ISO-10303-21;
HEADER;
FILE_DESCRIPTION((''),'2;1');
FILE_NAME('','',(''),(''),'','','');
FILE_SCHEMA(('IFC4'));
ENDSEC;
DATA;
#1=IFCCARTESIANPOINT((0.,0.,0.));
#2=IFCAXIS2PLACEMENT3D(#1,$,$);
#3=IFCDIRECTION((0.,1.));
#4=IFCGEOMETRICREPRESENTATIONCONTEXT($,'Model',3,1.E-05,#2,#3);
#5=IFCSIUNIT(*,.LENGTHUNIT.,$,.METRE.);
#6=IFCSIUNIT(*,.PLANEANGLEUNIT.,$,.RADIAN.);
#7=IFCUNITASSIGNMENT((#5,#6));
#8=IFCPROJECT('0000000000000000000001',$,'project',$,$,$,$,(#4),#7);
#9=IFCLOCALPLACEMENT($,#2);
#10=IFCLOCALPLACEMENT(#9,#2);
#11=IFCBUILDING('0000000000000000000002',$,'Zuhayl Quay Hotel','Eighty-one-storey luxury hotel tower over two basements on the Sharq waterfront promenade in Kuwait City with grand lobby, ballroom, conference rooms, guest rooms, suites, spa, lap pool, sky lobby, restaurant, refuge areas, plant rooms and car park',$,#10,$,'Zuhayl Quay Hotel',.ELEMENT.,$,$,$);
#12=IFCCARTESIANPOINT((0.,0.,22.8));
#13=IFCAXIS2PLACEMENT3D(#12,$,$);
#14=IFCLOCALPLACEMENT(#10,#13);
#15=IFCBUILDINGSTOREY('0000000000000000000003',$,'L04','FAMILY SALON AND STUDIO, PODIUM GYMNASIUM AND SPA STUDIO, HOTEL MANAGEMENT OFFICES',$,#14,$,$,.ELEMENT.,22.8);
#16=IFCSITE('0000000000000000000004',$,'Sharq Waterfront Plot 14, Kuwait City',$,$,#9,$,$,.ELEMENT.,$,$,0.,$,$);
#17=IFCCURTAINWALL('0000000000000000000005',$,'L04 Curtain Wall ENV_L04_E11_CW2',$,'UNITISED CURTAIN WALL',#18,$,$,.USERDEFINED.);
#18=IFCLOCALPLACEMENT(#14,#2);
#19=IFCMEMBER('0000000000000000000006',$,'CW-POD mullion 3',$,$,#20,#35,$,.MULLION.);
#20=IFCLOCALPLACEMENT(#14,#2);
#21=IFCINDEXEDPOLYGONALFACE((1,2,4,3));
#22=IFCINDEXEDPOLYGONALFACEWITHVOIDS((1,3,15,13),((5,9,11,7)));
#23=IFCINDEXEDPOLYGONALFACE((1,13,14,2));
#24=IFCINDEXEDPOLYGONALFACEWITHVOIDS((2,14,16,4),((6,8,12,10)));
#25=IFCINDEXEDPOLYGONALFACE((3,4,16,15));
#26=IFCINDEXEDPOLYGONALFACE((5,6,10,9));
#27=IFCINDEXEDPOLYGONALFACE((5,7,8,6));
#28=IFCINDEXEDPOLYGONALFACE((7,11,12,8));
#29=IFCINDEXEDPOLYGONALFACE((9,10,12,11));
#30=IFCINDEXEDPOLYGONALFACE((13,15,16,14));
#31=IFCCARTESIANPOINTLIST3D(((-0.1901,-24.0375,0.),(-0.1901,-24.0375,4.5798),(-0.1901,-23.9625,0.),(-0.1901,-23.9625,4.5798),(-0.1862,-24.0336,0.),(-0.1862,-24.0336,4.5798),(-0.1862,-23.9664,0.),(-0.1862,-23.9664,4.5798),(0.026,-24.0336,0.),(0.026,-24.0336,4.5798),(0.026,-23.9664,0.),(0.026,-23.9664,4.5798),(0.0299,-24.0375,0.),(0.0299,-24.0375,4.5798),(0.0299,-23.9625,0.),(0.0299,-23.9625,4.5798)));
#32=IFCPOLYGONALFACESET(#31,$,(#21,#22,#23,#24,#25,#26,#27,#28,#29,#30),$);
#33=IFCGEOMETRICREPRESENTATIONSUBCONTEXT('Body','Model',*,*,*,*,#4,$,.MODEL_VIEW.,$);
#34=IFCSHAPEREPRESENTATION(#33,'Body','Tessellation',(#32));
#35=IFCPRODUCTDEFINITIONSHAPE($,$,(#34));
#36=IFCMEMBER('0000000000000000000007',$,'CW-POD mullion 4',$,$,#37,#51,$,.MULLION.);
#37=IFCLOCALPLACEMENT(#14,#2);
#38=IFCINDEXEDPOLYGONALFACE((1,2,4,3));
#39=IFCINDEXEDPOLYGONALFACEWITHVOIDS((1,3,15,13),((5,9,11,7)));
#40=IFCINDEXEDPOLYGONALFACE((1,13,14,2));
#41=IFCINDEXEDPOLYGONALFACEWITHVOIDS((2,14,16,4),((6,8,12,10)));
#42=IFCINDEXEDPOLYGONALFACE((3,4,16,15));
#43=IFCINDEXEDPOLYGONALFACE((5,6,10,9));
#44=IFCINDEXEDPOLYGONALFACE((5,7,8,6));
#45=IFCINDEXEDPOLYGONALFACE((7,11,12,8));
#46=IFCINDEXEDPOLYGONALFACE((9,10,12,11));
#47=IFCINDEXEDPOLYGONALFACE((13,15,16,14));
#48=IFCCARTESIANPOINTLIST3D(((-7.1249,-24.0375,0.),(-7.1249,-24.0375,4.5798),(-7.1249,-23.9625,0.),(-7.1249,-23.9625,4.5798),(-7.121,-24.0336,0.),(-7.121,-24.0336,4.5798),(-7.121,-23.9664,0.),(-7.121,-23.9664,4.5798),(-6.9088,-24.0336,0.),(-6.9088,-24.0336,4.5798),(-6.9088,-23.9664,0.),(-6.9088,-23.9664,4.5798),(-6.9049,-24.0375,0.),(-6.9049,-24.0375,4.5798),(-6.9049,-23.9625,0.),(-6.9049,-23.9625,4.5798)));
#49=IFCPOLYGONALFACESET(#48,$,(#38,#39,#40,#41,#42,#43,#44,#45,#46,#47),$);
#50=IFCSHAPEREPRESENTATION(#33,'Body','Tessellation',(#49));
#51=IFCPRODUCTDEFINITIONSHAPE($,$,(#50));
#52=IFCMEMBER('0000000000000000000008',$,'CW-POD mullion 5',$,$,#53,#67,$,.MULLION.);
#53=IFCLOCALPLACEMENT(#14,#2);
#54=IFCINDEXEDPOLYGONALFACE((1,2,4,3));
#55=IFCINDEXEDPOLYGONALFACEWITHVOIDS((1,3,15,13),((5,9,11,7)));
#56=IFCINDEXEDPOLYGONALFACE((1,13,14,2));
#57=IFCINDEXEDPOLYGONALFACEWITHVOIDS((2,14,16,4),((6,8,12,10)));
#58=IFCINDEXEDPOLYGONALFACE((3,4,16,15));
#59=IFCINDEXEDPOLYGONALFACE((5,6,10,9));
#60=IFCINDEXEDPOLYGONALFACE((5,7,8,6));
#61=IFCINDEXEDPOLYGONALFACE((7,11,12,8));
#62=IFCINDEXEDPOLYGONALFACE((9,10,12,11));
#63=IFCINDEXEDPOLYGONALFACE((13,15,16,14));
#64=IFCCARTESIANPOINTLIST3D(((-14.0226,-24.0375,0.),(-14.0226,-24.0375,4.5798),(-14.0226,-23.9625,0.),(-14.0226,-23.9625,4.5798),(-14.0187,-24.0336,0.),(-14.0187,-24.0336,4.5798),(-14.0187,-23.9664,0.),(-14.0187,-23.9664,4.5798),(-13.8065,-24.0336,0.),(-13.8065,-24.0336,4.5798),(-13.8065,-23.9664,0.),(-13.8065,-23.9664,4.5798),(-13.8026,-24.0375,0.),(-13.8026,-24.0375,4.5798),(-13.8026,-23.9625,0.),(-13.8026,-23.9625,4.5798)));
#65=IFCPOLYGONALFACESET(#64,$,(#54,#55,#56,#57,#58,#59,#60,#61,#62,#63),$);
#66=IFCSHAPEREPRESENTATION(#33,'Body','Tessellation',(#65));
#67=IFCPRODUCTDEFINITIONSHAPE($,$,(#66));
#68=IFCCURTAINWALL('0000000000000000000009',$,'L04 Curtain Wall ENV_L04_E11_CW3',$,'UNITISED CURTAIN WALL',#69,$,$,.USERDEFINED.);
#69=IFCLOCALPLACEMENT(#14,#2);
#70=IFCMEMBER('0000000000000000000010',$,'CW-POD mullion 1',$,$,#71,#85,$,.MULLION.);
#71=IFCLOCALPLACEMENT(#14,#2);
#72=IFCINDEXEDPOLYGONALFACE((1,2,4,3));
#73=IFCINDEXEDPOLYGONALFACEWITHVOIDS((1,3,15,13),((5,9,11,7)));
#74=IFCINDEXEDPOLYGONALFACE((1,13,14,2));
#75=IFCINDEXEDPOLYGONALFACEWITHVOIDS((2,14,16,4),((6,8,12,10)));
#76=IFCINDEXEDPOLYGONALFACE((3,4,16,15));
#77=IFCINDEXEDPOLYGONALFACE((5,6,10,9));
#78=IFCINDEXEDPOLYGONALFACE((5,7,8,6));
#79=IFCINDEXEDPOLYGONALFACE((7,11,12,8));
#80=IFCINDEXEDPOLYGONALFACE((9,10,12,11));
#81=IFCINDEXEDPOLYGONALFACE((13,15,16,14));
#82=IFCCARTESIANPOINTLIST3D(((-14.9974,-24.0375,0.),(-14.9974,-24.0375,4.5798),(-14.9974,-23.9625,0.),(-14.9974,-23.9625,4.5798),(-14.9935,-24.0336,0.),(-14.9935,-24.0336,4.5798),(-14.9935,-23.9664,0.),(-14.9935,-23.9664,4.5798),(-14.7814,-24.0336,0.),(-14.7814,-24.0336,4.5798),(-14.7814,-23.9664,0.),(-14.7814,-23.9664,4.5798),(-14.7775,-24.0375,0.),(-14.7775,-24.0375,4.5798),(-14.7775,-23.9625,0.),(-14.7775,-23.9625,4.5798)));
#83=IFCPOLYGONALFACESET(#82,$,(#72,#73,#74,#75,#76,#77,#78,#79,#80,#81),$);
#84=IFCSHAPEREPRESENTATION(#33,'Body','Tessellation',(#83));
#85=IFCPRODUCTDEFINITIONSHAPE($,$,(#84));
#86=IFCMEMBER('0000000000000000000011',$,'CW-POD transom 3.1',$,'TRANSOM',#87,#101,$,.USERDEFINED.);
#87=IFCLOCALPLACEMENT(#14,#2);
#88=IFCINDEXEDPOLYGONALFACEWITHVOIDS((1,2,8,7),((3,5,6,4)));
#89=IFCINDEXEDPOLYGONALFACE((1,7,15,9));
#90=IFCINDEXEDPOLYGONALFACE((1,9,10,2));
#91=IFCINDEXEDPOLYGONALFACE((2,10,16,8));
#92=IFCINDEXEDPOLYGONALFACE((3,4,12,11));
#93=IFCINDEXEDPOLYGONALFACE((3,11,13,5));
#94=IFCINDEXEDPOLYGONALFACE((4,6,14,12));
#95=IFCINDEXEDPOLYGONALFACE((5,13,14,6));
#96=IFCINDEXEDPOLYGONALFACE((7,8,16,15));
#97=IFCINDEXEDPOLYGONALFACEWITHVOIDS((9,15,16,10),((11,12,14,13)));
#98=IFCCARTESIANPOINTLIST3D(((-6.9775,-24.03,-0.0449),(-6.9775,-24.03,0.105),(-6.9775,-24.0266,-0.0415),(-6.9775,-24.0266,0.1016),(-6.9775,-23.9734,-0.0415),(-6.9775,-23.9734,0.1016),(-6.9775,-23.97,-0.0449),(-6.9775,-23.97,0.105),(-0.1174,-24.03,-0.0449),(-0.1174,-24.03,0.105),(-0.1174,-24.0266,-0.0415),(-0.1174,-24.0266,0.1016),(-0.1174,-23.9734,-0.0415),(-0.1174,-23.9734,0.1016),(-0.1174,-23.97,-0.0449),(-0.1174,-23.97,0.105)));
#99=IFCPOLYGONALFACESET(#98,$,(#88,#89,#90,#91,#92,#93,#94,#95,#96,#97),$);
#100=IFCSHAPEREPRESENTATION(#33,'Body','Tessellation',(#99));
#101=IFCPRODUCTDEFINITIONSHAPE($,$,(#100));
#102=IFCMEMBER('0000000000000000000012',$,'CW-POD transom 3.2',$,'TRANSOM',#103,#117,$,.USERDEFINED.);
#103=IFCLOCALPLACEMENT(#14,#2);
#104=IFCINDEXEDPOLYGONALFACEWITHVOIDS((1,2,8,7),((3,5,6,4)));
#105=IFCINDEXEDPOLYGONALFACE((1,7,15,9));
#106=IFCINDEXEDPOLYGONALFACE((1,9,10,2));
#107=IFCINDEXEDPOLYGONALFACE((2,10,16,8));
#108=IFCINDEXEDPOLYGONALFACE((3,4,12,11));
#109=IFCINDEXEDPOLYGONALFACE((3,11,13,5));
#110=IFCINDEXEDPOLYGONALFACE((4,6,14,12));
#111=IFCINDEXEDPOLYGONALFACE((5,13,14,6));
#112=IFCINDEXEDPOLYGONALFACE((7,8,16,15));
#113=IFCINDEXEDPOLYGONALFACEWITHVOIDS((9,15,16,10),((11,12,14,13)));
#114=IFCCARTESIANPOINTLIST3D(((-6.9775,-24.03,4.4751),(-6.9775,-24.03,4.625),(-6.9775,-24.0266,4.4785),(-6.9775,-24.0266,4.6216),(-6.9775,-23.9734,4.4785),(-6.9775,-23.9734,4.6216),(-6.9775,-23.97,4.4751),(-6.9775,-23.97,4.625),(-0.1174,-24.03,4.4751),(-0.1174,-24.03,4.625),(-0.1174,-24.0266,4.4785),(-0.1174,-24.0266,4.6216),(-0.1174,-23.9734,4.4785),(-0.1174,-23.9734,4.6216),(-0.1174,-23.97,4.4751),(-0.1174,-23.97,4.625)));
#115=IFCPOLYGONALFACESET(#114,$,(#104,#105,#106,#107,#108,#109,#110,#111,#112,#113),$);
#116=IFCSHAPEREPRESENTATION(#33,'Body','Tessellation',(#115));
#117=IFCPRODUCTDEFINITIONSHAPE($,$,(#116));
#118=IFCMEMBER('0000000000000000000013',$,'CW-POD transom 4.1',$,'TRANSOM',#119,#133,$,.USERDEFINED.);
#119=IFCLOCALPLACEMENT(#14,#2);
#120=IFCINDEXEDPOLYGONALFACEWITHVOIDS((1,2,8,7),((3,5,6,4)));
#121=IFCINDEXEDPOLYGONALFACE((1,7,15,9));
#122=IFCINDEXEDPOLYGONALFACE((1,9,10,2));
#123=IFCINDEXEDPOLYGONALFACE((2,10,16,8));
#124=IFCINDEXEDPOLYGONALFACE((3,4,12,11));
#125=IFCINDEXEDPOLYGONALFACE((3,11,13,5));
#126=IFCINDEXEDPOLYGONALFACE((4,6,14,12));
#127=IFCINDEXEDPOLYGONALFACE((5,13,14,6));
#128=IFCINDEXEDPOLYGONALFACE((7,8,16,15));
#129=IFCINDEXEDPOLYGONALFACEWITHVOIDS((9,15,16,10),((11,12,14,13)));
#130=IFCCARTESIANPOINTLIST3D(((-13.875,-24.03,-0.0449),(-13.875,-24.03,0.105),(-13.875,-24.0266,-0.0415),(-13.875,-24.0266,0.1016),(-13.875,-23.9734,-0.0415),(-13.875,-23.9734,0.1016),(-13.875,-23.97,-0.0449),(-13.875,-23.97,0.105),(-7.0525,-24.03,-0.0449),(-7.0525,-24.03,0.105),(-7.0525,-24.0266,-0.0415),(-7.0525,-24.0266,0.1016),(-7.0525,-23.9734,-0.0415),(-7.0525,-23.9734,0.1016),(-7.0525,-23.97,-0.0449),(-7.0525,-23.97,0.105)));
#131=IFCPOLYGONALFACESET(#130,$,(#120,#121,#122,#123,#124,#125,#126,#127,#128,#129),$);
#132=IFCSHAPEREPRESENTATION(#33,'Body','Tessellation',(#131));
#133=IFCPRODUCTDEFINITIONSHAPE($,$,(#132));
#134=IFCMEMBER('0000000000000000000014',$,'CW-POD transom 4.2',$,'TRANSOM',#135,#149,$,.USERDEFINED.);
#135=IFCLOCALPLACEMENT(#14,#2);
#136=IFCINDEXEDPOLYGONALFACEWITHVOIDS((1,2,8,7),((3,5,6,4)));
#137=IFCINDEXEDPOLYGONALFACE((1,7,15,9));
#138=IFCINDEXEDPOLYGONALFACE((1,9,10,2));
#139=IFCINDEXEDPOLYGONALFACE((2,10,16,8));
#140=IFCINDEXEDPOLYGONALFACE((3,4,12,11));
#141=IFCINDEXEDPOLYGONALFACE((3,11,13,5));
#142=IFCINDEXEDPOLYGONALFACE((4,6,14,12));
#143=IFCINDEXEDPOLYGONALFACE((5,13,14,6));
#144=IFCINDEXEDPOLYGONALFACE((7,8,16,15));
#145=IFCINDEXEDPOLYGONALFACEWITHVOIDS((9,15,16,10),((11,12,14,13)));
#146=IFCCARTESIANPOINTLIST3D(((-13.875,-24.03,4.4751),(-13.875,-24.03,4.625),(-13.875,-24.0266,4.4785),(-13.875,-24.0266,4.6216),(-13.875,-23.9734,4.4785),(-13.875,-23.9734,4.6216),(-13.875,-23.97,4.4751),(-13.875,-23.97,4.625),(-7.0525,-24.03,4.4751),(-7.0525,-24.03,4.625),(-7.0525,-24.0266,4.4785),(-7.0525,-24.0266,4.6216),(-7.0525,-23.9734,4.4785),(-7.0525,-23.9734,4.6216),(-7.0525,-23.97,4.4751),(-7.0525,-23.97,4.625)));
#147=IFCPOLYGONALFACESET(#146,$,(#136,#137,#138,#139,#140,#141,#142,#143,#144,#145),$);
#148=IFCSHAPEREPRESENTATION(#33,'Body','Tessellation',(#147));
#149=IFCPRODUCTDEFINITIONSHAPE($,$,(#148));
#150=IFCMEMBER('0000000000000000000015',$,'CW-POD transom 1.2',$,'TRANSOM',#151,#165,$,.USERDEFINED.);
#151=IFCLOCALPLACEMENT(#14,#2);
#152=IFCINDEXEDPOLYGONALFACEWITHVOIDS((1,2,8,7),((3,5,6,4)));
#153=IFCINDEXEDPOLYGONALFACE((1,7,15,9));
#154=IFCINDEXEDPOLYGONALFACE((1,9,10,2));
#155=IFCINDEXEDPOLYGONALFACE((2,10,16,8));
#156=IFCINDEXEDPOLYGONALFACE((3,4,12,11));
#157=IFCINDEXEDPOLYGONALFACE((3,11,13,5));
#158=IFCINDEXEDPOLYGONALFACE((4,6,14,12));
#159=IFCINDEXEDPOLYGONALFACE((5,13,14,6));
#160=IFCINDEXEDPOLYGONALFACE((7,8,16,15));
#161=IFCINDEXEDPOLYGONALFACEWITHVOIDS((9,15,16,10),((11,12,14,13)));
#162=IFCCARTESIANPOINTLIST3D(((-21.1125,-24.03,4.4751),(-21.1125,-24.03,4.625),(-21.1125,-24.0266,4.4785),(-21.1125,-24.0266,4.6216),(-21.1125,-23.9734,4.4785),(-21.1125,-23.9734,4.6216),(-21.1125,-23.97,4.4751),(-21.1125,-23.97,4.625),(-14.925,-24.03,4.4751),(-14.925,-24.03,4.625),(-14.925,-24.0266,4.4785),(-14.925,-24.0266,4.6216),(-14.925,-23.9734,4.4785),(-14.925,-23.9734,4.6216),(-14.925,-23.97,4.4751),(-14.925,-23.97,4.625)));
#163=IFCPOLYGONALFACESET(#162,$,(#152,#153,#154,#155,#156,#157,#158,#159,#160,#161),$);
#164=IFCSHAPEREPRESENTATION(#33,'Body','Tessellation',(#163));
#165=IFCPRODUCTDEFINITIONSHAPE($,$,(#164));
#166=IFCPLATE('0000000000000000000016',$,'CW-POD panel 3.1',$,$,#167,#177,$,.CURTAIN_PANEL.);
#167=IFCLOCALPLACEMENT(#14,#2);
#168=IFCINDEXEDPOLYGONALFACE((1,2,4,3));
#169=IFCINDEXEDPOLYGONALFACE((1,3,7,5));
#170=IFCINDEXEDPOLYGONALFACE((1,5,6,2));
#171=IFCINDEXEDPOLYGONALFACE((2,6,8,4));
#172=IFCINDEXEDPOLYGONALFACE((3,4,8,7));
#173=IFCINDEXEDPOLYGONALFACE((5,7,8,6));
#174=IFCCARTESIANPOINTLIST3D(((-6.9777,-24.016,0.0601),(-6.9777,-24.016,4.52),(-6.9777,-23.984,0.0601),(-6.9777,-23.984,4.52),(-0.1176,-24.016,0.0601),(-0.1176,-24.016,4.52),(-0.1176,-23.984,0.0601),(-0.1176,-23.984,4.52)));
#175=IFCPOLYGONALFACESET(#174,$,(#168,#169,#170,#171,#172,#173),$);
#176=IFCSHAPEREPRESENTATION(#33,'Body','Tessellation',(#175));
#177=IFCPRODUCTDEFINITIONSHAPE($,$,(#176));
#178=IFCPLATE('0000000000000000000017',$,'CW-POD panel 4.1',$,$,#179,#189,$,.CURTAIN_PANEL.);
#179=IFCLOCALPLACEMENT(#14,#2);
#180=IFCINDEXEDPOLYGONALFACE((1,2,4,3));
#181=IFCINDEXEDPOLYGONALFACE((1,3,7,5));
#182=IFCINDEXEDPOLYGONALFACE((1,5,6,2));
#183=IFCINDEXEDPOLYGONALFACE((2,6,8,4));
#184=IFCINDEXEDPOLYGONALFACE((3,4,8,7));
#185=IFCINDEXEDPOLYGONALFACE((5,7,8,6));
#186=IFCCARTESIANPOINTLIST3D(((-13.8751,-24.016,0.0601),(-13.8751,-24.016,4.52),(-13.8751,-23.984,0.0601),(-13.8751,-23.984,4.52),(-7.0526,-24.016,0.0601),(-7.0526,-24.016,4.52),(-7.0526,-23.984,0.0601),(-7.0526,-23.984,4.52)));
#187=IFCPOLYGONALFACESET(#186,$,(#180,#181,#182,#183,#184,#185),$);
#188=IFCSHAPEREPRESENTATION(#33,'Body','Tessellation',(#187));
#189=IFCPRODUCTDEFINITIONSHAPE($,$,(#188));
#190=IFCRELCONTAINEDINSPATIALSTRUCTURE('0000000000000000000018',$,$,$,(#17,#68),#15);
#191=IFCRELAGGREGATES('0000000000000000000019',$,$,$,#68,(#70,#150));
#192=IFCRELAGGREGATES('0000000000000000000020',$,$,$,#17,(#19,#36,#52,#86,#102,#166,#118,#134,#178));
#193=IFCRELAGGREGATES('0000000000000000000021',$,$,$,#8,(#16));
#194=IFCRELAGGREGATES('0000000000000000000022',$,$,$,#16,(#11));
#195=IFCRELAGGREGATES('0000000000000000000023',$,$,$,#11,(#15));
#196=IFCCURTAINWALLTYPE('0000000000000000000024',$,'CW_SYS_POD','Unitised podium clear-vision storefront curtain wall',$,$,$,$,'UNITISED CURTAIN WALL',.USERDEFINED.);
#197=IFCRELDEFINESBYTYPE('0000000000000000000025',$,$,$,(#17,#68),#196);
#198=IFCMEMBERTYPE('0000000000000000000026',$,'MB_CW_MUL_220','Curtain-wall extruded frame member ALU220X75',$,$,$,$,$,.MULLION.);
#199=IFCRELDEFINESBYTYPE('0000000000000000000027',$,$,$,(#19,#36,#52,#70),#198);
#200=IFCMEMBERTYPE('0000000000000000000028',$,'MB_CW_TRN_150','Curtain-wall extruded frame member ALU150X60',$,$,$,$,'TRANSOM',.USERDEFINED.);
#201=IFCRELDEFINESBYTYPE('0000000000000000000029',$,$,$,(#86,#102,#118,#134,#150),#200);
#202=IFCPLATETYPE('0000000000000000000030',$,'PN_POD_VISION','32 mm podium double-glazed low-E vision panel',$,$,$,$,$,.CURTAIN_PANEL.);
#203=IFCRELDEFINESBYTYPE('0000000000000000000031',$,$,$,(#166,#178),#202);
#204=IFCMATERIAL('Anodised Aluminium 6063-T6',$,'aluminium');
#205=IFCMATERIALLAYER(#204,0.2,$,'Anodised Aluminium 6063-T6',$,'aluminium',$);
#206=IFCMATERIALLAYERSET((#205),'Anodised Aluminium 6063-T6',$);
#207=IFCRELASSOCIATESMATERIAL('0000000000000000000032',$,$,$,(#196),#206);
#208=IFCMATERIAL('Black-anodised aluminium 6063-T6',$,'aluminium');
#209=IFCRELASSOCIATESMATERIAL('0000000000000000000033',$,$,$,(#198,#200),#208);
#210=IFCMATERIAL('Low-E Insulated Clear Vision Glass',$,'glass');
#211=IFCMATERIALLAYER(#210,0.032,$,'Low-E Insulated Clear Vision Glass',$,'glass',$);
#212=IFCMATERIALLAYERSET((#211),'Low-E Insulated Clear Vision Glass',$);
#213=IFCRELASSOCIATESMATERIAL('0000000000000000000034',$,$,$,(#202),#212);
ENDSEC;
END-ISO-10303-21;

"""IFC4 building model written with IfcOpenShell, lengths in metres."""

from ifc_helpers import new_model, si_unit, direction, frame, origin, origin_2d, place, context, subcontext, project, spatial, rectangle, hollow_rectangle, extrude, material, layer, layer_set, material_profile, profile_set, type_object, element, aggregate, save


model = new_model("IFC4")

# Units and contexts
model_context = context("Model", 3, precision=1e-05, world=origin(), true_north=direction((0.0, 1.0)))
body_context = subcontext(model_context, "Body", "Model", "MODEL_VIEW")
ifc_project = project(units=[si_unit("LENGTHUNIT", "METRE"), si_unit("PLANEANGLEUNIT", "RADIAN")], contexts=[model_context])

# Site, building, storey
site_placement = place(None, origin())
site = spatial("IfcSite", under=ifc_project, at=site_placement, Name="Sharq Waterfront Plot 14, Kuwait City", CompositionType="ELEMENT", RefElevation=0.0)
building_placement = place(site_placement, origin())
building = spatial("IfcBuilding", under=site, at=building_placement, Name="Zuhayl Quay Hotel", Description="Eighty-one-storey luxury hotel tower over two basements on the Sharq waterfront promenade in Kuwait City with grand lobby, ballroom, conference rooms, guest rooms, suites, spa, lap pool, sky lobby, restaurant, refuge areas, plant rooms and car park", LongName="Zuhayl Quay Hotel", CompositionType="ELEMENT")
storey_placement = place(building_placement, frame((0.0, 0.0, 22.8)))
storey = spatial("IfcBuildingStorey", under=building, at=storey_placement, Name="L04", Description="FAMILY SALON AND STUDIO, PODIUM GYMNASIUM AND SPA STUDIO, HOTEL MANAGEMENT OFFICES", CompositionType="ELEMENT", Elevation=22.8)

# Curtain wall, members
ifc_material_1 = material(Name="Anodised Aluminium 6063-T6", Category="aluminium")
ifc_layer_1 = layer(ifc_material_1, 0.2, Name="Anodised Aluminium 6063-T6", Category="aluminium")
ifc_layer_set_1 = layer_set([ifc_layer_1], Name="Anodised Aluminium 6063-T6")
curtain_wall_type = type_object("IfcCurtainWallType", Name="CW_SYS_POD", Description="Unitised podium clear-vision storefront curtain wall", ElementType="UNITISED CURTAIN WALL", PredefinedType="USERDEFINED", material=ifc_layer_set_1)
curtain_wall_1_placement = place(storey_placement, origin())
curtain_wall_1 = element("IfcCurtainWall", 1, at=curtain_wall_1_placement, inside=storey, type_object=curtain_wall_type, Name="L04 Curtain Wall ENV_L04_E11_CW2", ObjectType="UNITISED CURTAIN WALL", PredefinedType="USERDEFINED")
ifc_material_2 = material(Name="Black-anodised aluminium 6063-T6", Category="aluminium")
ifc_material_profile_1 = material_profile(ifc_material_2, hollow_rectangle(XDim=0.075, YDim=0.22, WallThickness=0.0039, at=origin_2d()), Name="ALU220X75")
ifc_profile_set_1 = profile_set([ifc_material_profile_1], Name="Black-anodised aluminium 6063-T6")
member_type_1 = type_object("IfcMemberType", Name="MB_CW_MUL_220", Description="Curtain-wall extruded frame member ALU220X75", PredefinedType="MULLION", material=ifc_profile_set_1)
member_1_placement = place(storey_placement, frame((-0.0801, -24.0, 0.0), z_axis=(0.0, 0.0, 1.0), x_axis=(0.0, -1.0, 0.0)))
member_1 = element("IfcMember", 2, at=member_1_placement, type_object=member_type_1, Name="CW-POD mullion 3", PredefinedType="MULLION", context=body_context, shape_type="SweptSolid", body=[
    extrude(hollow_rectangle(XDim=0.075, YDim=0.22, WallThickness=0.0039, at=origin_2d()), origin(), (0.0, 0.0, 1.0), 4.5798),
])
member_2_placement = place(storey_placement, frame((-7.0149, -24.0, 0.0), z_axis=(0.0, 0.0, 1.0), x_axis=(0.0, -1.0, 0.0)))
member_2 = element("IfcMember", 3, at=member_2_placement, type_object=member_type_1, Name="CW-POD mullion 4", PredefinedType="MULLION", context=body_context, shape_type="SweptSolid", body=[
    extrude(hollow_rectangle(XDim=0.075, YDim=0.22, WallThickness=0.0039, at=origin_2d()), origin(), (0.0, 0.0, 1.0), 4.5798),
])
member_3_placement = place(storey_placement, frame((-13.9126, -24.0, 0.0), z_axis=(0.0, 0.0, 1.0), x_axis=(0.0, -1.0, 0.0)))
member_3 = element("IfcMember", 4, at=member_3_placement, type_object=member_type_1, Name="CW-POD mullion 5", PredefinedType="MULLION", context=body_context, shape_type="SweptSolid", body=[
    extrude(hollow_rectangle(XDim=0.075, YDim=0.22, WallThickness=0.0039, at=origin_2d()), origin(), (0.0, 0.0, 1.0), 4.5798),
])

# Curtain wall, member
curtain_wall_2_placement = place(storey_placement, origin())
curtain_wall_2 = element("IfcCurtainWall", 5, at=curtain_wall_2_placement, inside=storey, type_object=curtain_wall_type, Name="L04 Curtain Wall ENV_L04_E11_CW3", ObjectType="UNITISED CURTAIN WALL", PredefinedType="USERDEFINED")
member_4_placement = place(storey_placement, frame((-14.8875, -24.0, 0.0), z_axis=(0.0, 0.0, 1.0), x_axis=(0.0, -1.0, 0.0)))
member_4 = element("IfcMember", 6, at=member_4_placement, type_object=member_type_1, Name="CW-POD mullion 1", PredefinedType="MULLION", context=body_context, shape_type="SweptSolid", body=[
    extrude(hollow_rectangle(XDim=0.075, YDim=0.22, WallThickness=0.0039, at=origin_2d()), origin(), (0.0, 0.0, 1.0), 4.5798),
])

# Members
ifc_material_profile_2 = material_profile(ifc_material_2, hollow_rectangle(XDim=0.0601, YDim=0.1499, WallThickness=0.0034, at=origin_2d()), Name="ALU150X60")
ifc_profile_set_2 = profile_set([ifc_material_profile_2], Name="Black-anodised aluminium 6063-T6")
member_type_2 = type_object("IfcMemberType", Name="MB_CW_TRN_150", Description="Curtain-wall extruded frame member ALU150X60", ElementType="TRANSOM", PredefinedType="USERDEFINED", material=ifc_profile_set_2)
member_5_placement = place(storey_placement, frame((-0.1174, -24.0, 0.03), z_axis=(-1.0, 0.0, 0.0), x_axis=(0.0, -1.0, 0.0)))
member_5 = element("IfcMember", 7, at=member_5_placement, type_object=member_type_2, Name="CW-POD transom 3.1", ObjectType="TRANSOM", PredefinedType="USERDEFINED", context=body_context, shape_type="SweptSolid", body=[
    extrude(hollow_rectangle(XDim=0.0601, YDim=0.1499, WallThickness=0.0034, at=origin_2d()), origin(), (0.0, 0.0, 1.0), 6.8601),
])
member_6_placement = place(storey_placement, frame((-0.1174, -24.0, 4.55), z_axis=(-1.0, 0.0, 0.0), x_axis=(0.0, -1.0, 0.0)))
member_6 = element("IfcMember", 8, at=member_6_placement, type_object=member_type_2, Name="CW-POD transom 3.2", ObjectType="TRANSOM", PredefinedType="USERDEFINED", context=body_context, shape_type="SweptSolid", body=[
    extrude(hollow_rectangle(XDim=0.0601, YDim=0.1499, WallThickness=0.0034, at=origin_2d()), origin(), (0.0, 0.0, 1.0), 6.8601),
])
member_7_placement = place(storey_placement, frame((-7.0525, -24.0, 0.03), z_axis=(-1.0, 0.0, 0.0), x_axis=(0.0, -1.0, 0.0)))
member_7 = element("IfcMember", 9, at=member_7_placement, type_object=member_type_2, Name="CW-POD transom 4.1", ObjectType="TRANSOM", PredefinedType="USERDEFINED", context=body_context, shape_type="SweptSolid", body=[
    extrude(hollow_rectangle(XDim=0.0601, YDim=0.1499, WallThickness=0.0034, at=origin_2d()), origin(), (0.0, 0.0, 1.0), 6.8225),
])
member_8_placement = place(storey_placement, frame((-7.0525, -24.0, 4.55), z_axis=(-1.0, 0.0, 0.0), x_axis=(0.0, -1.0, 0.0)))
member_8 = element("IfcMember", 10, at=member_8_placement, type_object=member_type_2, Name="CW-POD transom 4.2", ObjectType="TRANSOM", PredefinedType="USERDEFINED", context=body_context, shape_type="SweptSolid", body=[
    extrude(hollow_rectangle(XDim=0.0601, YDim=0.1499, WallThickness=0.0034, at=origin_2d()), origin(), (0.0, 0.0, 1.0), 6.8225),
])
member_9_placement = place(storey_placement, frame((-14.925, -24.0, 4.55), z_axis=(-1.0, 0.0, 0.0), x_axis=(0.0, -1.0, 0.0)))
member_9 = element("IfcMember", 11, at=member_9_placement, type_object=member_type_2, Name="CW-POD transom 1.2", ObjectType="TRANSOM", PredefinedType="USERDEFINED", context=body_context, shape_type="SweptSolid", body=[
    extrude(hollow_rectangle(XDim=0.0601, YDim=0.1499, WallThickness=0.0034, at=origin_2d()), origin(), (0.0, 0.0, 1.0), 6.1875),
])
aggregate(curtain_wall_2, [member_4, member_9])

# Plates
ifc_material_3 = material(Name="Low-E Insulated Clear Vision Glass", Category="glass")
ifc_layer_2 = layer(ifc_material_3, 0.032, Name="Low-E Insulated Clear Vision Glass", Category="glass")
ifc_layer_set_2 = layer_set([ifc_layer_2], Name="Low-E Insulated Clear Vision Glass")
plate_type = type_object("IfcPlateType", Name="PN_POD_VISION", Description="32 mm podium double-glazed low-E vision panel", PredefinedType="CURTAIN_PANEL", material=ifc_layer_set_2)
plate_1_placement = place(storey_placement, frame((-3.5476, -24.0, 0.0601), z_axis=(0.0, 0.0, 1.0), x_axis=(-1.0, 0.0, 0.0)))
plate_1 = element("IfcPlate", 12, at=plate_1_placement, type_object=plate_type, Name="CW-POD panel 3.1", PredefinedType="CURTAIN_PANEL", context=body_context, shape_type="SweptSolid", body=[
    extrude(rectangle(XDim=6.8601, YDim=0.032, at=origin_2d()), origin(), (0.0, 0.0, 1.0), 4.46),
])
plate_2_placement = place(storey_placement, frame((-10.4639, -24.0, 0.0601), z_axis=(0.0, 0.0, 1.0), x_axis=(-1.0, 0.0, 0.0)))
plate_2 = element("IfcPlate", 13, at=plate_2_placement, type_object=plate_type, Name="CW-POD panel 4.1", PredefinedType="CURTAIN_PANEL", context=body_context, shape_type="SweptSolid", body=[
    extrude(rectangle(XDim=6.8225, YDim=0.032, at=origin_2d()), origin(), (0.0, 0.0, 1.0), 4.46),
])
aggregate(curtain_wall_1, [member_1, member_2, member_3, member_5, member_6, plate_1, member_7, member_8, plate_2])

save(model, "model.ifc")
